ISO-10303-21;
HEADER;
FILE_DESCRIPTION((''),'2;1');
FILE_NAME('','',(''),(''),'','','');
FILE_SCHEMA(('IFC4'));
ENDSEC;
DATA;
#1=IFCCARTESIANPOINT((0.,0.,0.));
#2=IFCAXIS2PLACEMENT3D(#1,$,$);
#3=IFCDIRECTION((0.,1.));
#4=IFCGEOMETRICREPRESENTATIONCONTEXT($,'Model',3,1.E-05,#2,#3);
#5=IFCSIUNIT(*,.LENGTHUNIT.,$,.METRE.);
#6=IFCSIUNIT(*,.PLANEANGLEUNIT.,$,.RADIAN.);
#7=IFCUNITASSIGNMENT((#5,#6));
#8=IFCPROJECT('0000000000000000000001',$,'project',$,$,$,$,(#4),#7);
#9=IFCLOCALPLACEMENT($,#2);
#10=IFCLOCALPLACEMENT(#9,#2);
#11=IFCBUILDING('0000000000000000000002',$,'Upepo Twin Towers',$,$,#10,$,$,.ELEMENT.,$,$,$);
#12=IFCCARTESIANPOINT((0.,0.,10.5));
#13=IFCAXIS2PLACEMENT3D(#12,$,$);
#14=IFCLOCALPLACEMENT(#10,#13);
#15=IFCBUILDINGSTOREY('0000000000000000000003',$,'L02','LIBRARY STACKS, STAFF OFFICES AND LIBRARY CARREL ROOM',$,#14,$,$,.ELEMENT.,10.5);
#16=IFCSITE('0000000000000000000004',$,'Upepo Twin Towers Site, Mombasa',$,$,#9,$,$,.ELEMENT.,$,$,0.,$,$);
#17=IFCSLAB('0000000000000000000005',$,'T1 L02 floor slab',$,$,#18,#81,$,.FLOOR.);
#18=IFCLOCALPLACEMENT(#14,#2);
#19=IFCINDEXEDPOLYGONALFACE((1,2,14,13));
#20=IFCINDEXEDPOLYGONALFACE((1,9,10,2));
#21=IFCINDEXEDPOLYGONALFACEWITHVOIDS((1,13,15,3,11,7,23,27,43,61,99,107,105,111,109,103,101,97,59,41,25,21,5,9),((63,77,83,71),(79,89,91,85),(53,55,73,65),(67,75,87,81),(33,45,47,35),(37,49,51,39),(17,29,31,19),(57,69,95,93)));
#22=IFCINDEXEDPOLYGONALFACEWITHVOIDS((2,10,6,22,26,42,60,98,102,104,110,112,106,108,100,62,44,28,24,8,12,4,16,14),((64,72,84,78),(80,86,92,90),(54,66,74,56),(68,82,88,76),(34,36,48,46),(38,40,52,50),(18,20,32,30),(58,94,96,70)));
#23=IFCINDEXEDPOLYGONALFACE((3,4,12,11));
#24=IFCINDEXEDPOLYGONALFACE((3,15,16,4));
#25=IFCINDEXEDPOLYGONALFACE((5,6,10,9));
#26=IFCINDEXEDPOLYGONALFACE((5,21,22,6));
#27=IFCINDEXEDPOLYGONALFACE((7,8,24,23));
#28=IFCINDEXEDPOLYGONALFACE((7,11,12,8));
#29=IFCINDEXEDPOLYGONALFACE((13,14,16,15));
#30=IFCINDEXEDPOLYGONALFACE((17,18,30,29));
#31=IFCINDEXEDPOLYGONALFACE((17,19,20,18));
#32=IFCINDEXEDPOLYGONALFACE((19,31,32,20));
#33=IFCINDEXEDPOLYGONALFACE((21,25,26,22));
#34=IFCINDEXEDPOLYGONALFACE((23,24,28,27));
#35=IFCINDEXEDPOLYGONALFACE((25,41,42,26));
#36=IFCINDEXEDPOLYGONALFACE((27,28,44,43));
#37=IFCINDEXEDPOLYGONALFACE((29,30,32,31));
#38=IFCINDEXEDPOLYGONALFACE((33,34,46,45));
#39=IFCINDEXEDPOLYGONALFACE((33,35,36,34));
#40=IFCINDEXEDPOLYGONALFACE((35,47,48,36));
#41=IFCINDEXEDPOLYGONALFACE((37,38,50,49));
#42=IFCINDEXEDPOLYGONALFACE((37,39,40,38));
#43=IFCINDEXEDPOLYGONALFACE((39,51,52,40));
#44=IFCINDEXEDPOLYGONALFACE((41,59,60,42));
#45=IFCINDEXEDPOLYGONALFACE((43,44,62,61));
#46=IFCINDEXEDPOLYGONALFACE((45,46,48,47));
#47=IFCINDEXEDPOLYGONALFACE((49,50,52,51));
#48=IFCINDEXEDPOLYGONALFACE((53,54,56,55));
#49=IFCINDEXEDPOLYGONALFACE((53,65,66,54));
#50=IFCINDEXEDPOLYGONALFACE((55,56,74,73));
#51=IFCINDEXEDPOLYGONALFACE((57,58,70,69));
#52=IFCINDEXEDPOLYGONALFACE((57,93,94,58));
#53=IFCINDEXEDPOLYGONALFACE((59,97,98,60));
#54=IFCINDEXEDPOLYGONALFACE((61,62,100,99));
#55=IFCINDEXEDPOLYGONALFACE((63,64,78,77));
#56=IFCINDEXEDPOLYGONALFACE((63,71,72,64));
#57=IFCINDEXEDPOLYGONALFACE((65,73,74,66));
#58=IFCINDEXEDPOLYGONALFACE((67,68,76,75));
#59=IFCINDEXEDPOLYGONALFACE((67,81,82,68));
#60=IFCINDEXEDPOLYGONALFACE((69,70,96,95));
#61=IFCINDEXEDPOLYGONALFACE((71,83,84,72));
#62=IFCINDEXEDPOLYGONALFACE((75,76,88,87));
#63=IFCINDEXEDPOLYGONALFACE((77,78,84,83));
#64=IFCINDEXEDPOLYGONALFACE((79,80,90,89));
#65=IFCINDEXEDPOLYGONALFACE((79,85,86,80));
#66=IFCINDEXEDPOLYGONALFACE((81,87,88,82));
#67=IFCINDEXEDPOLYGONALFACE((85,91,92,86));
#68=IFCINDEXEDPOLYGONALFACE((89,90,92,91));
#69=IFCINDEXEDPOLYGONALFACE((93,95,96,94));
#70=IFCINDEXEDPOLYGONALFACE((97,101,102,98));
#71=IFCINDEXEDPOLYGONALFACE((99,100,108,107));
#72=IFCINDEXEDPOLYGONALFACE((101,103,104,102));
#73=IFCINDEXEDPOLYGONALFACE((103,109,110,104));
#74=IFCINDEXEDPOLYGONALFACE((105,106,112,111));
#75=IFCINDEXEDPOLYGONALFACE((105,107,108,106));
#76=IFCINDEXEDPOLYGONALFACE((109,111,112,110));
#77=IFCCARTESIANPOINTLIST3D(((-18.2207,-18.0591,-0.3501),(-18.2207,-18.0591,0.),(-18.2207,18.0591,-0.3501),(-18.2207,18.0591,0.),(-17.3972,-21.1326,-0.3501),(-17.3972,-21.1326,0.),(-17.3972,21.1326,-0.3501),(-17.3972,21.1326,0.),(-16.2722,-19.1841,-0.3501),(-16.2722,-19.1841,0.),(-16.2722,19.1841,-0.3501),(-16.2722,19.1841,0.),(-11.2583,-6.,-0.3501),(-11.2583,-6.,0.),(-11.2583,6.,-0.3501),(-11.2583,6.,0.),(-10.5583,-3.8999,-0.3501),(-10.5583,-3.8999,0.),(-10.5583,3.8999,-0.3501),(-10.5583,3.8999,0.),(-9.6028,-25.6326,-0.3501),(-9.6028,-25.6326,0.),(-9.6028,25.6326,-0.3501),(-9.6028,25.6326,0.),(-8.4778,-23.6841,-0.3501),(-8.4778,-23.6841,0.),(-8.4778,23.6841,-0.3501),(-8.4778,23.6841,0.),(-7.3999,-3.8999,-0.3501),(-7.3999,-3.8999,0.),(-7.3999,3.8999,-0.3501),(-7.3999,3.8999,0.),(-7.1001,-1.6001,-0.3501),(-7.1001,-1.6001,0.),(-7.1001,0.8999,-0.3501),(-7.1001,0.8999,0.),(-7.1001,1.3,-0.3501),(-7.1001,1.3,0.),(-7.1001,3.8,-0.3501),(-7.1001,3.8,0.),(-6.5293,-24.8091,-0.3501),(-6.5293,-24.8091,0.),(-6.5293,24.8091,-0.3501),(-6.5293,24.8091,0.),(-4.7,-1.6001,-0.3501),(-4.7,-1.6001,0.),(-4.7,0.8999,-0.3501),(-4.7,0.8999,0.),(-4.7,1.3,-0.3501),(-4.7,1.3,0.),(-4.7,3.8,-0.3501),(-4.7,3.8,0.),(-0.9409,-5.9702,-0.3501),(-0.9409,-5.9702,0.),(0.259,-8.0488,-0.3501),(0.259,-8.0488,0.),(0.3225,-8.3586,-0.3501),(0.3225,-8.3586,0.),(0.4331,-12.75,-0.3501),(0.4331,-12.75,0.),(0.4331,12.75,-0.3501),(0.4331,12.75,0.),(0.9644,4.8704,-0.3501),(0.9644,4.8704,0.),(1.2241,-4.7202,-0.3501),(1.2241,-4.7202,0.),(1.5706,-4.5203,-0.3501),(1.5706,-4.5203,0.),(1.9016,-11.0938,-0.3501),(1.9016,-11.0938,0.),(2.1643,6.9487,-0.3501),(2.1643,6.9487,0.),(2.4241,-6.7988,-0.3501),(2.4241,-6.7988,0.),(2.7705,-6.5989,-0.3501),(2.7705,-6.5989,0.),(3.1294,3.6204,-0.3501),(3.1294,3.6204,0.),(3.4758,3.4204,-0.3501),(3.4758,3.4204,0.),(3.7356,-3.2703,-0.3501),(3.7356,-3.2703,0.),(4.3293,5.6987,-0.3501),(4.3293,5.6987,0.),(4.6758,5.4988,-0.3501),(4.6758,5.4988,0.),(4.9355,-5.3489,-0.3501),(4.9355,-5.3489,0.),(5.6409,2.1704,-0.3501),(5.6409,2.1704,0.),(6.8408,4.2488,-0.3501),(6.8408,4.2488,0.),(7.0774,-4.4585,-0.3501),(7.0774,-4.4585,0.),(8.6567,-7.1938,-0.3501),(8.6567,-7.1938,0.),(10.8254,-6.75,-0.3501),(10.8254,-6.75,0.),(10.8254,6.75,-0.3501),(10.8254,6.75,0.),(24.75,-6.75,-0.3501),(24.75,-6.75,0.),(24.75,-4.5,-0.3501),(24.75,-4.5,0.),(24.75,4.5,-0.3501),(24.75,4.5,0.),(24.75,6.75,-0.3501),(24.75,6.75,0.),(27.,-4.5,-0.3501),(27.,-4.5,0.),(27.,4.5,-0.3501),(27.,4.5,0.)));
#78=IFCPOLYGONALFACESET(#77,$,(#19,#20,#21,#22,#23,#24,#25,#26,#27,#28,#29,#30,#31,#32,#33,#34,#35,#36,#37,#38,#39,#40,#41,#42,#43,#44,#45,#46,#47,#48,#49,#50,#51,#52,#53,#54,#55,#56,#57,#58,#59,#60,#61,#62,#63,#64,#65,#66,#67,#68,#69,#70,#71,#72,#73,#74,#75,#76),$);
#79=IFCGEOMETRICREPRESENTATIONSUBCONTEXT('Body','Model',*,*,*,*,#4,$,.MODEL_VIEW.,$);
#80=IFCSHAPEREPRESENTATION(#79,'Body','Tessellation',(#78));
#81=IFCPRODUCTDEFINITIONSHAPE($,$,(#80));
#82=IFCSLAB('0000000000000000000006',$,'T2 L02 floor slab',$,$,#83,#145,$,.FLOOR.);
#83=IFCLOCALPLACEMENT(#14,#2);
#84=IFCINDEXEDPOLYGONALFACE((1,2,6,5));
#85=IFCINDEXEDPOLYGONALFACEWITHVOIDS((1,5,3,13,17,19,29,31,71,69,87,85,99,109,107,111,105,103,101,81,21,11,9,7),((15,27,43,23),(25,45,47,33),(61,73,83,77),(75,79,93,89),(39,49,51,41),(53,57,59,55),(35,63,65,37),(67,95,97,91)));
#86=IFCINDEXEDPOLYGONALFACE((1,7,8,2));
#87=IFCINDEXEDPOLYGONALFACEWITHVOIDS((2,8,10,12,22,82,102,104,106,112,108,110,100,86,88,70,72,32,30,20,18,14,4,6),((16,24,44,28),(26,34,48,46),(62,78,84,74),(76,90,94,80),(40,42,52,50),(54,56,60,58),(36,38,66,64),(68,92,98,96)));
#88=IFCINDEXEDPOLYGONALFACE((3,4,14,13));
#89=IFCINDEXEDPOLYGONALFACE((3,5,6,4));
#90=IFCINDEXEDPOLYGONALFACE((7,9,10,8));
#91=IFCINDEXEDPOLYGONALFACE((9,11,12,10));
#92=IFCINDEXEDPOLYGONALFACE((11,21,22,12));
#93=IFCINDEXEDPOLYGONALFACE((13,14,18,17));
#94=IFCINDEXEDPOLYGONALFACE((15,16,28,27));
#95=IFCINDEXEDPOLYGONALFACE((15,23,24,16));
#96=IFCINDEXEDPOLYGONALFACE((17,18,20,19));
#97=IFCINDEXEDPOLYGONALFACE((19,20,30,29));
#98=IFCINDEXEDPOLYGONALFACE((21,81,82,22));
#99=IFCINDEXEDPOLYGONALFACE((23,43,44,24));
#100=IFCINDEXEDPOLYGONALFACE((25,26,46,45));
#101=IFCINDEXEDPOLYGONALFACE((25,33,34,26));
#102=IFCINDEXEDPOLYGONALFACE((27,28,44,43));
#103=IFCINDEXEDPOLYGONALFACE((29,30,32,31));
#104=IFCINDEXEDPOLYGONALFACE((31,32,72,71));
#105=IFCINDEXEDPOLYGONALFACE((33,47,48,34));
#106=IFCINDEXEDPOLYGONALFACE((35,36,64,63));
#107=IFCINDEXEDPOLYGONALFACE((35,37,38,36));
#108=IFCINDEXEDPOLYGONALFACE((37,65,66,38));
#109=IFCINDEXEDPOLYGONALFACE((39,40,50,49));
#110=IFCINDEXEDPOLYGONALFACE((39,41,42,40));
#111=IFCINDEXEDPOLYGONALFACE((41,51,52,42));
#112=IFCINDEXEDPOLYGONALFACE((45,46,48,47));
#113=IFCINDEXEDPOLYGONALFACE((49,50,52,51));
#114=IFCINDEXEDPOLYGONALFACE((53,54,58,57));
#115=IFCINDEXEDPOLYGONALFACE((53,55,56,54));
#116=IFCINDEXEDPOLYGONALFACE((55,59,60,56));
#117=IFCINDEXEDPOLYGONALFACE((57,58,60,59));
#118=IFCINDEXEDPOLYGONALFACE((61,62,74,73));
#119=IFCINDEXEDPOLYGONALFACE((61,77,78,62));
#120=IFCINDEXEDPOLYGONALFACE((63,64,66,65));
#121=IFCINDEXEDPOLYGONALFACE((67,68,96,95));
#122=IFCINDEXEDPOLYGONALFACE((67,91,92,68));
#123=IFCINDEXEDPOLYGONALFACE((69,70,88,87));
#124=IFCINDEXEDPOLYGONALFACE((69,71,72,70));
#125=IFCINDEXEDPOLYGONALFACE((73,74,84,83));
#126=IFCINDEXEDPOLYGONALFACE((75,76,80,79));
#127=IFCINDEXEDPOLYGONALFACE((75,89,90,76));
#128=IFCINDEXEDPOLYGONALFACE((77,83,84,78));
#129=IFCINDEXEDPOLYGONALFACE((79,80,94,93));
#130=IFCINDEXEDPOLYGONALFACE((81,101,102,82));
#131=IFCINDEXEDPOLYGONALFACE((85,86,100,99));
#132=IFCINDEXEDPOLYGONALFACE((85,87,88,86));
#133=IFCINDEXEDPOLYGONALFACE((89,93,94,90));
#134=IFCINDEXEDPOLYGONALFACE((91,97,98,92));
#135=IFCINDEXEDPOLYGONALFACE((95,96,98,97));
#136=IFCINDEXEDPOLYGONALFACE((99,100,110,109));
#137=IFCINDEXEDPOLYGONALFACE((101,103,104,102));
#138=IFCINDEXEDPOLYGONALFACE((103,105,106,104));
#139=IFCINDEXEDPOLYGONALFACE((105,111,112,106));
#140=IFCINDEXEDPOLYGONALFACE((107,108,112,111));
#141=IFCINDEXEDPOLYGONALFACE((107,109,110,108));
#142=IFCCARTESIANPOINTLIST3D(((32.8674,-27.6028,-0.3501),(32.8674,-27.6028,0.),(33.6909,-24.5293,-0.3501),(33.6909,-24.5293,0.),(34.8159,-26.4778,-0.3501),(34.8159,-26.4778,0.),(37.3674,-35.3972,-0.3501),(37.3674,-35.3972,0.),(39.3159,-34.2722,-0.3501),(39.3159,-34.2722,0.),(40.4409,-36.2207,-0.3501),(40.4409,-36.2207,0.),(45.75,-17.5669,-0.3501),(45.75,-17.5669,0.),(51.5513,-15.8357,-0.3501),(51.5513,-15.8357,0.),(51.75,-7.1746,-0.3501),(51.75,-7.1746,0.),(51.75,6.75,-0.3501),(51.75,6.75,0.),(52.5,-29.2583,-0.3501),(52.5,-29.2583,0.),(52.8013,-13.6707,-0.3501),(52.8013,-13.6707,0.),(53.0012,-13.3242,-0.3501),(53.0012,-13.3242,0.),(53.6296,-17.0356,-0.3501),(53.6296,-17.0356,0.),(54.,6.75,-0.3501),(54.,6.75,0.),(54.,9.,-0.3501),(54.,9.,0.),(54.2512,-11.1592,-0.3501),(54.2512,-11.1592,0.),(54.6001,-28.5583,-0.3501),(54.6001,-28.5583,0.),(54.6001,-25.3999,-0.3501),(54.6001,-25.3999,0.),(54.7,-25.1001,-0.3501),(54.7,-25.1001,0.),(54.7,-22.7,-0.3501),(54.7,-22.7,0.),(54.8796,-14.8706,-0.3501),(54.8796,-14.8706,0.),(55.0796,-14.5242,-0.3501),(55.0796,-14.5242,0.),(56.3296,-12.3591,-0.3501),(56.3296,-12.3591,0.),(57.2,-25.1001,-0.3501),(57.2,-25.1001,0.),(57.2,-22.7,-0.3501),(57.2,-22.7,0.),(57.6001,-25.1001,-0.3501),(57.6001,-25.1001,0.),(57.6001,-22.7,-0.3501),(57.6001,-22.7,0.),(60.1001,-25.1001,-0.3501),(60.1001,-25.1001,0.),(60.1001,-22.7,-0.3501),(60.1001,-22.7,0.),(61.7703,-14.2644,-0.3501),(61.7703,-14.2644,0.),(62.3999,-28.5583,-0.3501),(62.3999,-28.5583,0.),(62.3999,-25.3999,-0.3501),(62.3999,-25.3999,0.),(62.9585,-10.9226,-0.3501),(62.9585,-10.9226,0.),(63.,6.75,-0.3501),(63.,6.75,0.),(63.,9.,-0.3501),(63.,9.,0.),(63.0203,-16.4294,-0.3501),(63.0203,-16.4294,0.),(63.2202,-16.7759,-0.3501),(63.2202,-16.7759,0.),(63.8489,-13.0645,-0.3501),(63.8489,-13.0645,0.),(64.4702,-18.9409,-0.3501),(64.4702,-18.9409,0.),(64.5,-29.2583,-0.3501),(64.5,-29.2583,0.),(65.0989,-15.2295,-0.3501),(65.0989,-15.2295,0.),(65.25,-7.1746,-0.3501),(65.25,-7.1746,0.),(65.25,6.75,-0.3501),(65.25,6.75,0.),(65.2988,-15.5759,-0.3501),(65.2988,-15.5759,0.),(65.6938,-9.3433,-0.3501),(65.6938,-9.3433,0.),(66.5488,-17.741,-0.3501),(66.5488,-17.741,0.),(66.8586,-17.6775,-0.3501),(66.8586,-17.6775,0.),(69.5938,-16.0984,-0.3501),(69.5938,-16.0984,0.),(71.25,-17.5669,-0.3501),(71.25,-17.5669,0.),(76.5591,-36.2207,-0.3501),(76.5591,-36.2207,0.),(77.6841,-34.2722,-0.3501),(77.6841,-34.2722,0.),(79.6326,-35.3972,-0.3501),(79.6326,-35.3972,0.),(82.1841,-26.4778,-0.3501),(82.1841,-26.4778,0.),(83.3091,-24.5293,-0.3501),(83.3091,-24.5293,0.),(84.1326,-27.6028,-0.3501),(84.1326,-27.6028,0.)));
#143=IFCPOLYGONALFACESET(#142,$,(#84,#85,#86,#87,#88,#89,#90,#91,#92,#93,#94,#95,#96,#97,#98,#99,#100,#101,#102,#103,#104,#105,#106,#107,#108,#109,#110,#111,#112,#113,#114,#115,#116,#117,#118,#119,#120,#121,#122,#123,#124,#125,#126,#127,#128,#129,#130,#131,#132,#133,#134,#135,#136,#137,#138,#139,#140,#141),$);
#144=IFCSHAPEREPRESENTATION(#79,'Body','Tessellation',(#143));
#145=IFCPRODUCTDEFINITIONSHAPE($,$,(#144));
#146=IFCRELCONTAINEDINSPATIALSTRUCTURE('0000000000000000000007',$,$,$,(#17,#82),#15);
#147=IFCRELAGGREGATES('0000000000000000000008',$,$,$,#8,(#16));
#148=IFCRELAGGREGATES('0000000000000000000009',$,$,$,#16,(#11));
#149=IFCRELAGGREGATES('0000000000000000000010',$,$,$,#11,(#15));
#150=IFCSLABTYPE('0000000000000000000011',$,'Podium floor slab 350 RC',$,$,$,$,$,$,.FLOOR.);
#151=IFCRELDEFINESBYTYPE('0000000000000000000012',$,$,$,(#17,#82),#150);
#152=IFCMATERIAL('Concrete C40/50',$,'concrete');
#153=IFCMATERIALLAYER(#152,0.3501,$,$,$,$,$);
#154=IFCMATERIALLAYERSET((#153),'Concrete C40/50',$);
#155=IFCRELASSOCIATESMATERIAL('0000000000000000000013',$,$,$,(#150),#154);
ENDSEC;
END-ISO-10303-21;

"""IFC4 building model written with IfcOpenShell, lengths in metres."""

from ifc_helpers import new_model, si_unit, direction, frame, origin, place, context, subcontext, project, spatial, polyline, outline, extrude, material, layer, layer_set, type_object, element, save


model = new_model("IFC4")

# Units and contexts
model_context = context("Model", 3, precision=1e-05, world=origin(), true_north=direction((0.0, 1.0)))
body_context = subcontext(model_context, "Body", "Model", "MODEL_VIEW")
ifc_project = project(units=[si_unit("LENGTHUNIT", "METRE"), si_unit("PLANEANGLEUNIT", "RADIAN")], contexts=[model_context])

# Site, building, storey
site_placement = place(None, origin())
site = spatial("IfcSite", under=ifc_project, at=site_placement, Name="Upepo Twin Towers Site, Mombasa", CompositionType="ELEMENT", RefElevation=0.0)
building_placement = place(site_placement, origin())
building = spatial("IfcBuilding", under=site, at=building_placement, Name="Upepo Twin Towers", CompositionType="ELEMENT")
storey_placement = place(building_placement, frame((0.0, 0.0, 10.5)))
storey = spatial("IfcBuildingStorey", under=building, at=storey_placement, Name="L02", Description="LIBRARY STACKS, STAFF OFFICES AND LIBRARY CARREL ROOM", CompositionType="ELEMENT", Elevation=10.5)

# Slabs
ifc_material_1 = material(Name="Concrete C40/50", Category="concrete")
ifc_layer_1 = layer(ifc_material_1, 0.3501)
ifc_layer_set_1 = layer_set([ifc_layer_1], Name="Concrete C40/50")
slab_type_1 = type_object("IfcSlabType", Name="Podium floor slab 350 RC", PredefinedType="FLOOR", material=ifc_layer_set_1)
slab_1_placement = place(storey_placement, frame((0.0, 0.0, -0.3501)))
element("IfcSlab", 1, at=slab_1_placement, inside=storey, type_object=slab_type_1, Name="T1 L02 floor slab", PredefinedType="FLOOR", context=body_context, shape_type="SweptSolid", body=[
    extrude(outline(polyline([(-8.4778, -23.6841), (-9.6028, -25.6326), (-17.3972, -21.1326), (-16.2722, -19.1841), (-18.2207, -18.0591), (-11.2583, -6.0), (-11.2583, 6.0), (-18.2207, 18.0591), (-16.2722, 19.1841), (-17.3972, 21.1326), (-9.6028, 25.6326), (-8.4778, 23.6841), (-6.5293, 24.8091), (0.4331, 12.75), (10.8254, 6.75), (24.75, 6.75), (24.75, 4.5), (27.0, 4.5), (27.0, -4.5), (24.75, -4.5), (24.75, -6.75), (10.8254, -6.75), (0.4331, -12.75), (-6.5293, -24.8091), (-8.4778, -23.6841)]), holes=[polyline([(5.6409, 2.1704), (6.8408, 4.2488), (4.6758, 5.4988), (3.4758, 3.4204), (5.6409, 2.1704)]), polyline([(3.1294, 3.6204), (4.3293, 5.6987), (2.1643, 6.9487), (0.9644, 4.8704), (3.1294, 3.6204)]), polyline([(-4.7, 3.8), (-7.1001, 3.8), (-7.1001, 1.3), (-4.7, 1.3), (-4.7, 3.8)]), polyline([(-4.7, 0.8999), (-7.1001, 0.8999), (-7.1001, -1.6001), (-4.7, -1.6001), (-4.7, 0.8999)]), polyline([(-7.3999, 3.8999), (-10.5583, 3.8999), (-10.5583, -3.8999), (-7.3999, -3.8999), (-7.3999, 3.8999)]), polyline([(-0.9409, -5.9702), (0.259, -8.0488), (2.4241, -6.7988), (1.2241, -4.7202), (-0.9409, -5.9702)]), polyline([(1.5706, -4.5203), (2.7705, -6.5989), (4.9355, -5.3489), (3.7356, -3.2703), (1.5706, -4.5203)]), polyline([(0.3225, -8.3586), (1.9016, -11.0938), (8.6567, -7.1938), (7.0774, -4.4585), (0.3225, -8.3586)])]), origin(), (0.0, 0.0, 1.0), 0.3501),
])
slab_2_placement = place(storey_placement, frame((0.0, 0.0, -0.3501)))
element("IfcSlab", 2, at=slab_2_placement, inside=storey, type_object=slab_type_1, Name="T2 L02 floor slab", PredefinedType="FLOOR", context=body_context, shape_type="SweptSolid", body=[
    extrude(outline(polyline([(82.1841, -26.4778), (84.1326, -27.6028), (79.6326, -35.3972), (77.6841, -34.2722), (76.5591, -36.2207), (64.5, -29.2583), (52.5, -29.2583), (40.4409, -36.2207), (39.3159, -34.2722), (37.3674, -35.3972), (32.8674, -27.6028), (34.8159, -26.4778), (33.6909, -24.5293), (45.75, -17.5669), (51.75, -7.1746), (51.75, 6.75), (54.0, 6.75), (54.0, 9.0), (63.0, 9.0), (63.0, 6.75), (65.25, 6.75), (65.25, -7.1746), (71.25, -17.5669), (83.3091, -24.5293), (82.1841, -26.4778)]), holes=[polyline([(56.3296, -12.3591), (54.2512, -11.1592), (53.0012, -13.3242), (55.0796, -14.5242), (56.3296, -12.3591)]), polyline([(54.8796, -14.8706), (52.8013, -13.6707), (51.5513, -15.8357), (53.6296, -17.0356), (54.8796, -14.8706)]), polyline([(54.7, -22.7), (54.7, -25.1001), (57.2, -25.1001), (57.2, -22.7), (54.7, -22.7)]), polyline([(57.6001, -22.7), (57.6001, -25.1001), (60.1001, -25.1001), (60.1001, -22.7), (57.6001, -22.7)]), polyline([(54.6001, -25.3999), (54.6001, -28.5583), (62.3999, -28.5583), (62.3999, -25.3999), (54.6001, -25.3999)]), polyline([(64.4702, -18.9409), (66.5488, -17.741), (65.2988, -15.5759), (63.2202, -16.7759), (64.4702, -18.9409)]), polyline([(63.0203, -16.4294), (65.0989, -15.2295), (63.8489, -13.0645), (61.7703, -14.2644), (63.0203, -16.4294)]), polyline([(66.8586, -17.6775), (69.5938, -16.0984), (65.6938, -9.3433), (62.9585, -10.9226), (66.8586, -17.6775)])]), origin(), (0.0, 0.0, 1.0), 0.3501),
])

save(model, "model.ifc")
